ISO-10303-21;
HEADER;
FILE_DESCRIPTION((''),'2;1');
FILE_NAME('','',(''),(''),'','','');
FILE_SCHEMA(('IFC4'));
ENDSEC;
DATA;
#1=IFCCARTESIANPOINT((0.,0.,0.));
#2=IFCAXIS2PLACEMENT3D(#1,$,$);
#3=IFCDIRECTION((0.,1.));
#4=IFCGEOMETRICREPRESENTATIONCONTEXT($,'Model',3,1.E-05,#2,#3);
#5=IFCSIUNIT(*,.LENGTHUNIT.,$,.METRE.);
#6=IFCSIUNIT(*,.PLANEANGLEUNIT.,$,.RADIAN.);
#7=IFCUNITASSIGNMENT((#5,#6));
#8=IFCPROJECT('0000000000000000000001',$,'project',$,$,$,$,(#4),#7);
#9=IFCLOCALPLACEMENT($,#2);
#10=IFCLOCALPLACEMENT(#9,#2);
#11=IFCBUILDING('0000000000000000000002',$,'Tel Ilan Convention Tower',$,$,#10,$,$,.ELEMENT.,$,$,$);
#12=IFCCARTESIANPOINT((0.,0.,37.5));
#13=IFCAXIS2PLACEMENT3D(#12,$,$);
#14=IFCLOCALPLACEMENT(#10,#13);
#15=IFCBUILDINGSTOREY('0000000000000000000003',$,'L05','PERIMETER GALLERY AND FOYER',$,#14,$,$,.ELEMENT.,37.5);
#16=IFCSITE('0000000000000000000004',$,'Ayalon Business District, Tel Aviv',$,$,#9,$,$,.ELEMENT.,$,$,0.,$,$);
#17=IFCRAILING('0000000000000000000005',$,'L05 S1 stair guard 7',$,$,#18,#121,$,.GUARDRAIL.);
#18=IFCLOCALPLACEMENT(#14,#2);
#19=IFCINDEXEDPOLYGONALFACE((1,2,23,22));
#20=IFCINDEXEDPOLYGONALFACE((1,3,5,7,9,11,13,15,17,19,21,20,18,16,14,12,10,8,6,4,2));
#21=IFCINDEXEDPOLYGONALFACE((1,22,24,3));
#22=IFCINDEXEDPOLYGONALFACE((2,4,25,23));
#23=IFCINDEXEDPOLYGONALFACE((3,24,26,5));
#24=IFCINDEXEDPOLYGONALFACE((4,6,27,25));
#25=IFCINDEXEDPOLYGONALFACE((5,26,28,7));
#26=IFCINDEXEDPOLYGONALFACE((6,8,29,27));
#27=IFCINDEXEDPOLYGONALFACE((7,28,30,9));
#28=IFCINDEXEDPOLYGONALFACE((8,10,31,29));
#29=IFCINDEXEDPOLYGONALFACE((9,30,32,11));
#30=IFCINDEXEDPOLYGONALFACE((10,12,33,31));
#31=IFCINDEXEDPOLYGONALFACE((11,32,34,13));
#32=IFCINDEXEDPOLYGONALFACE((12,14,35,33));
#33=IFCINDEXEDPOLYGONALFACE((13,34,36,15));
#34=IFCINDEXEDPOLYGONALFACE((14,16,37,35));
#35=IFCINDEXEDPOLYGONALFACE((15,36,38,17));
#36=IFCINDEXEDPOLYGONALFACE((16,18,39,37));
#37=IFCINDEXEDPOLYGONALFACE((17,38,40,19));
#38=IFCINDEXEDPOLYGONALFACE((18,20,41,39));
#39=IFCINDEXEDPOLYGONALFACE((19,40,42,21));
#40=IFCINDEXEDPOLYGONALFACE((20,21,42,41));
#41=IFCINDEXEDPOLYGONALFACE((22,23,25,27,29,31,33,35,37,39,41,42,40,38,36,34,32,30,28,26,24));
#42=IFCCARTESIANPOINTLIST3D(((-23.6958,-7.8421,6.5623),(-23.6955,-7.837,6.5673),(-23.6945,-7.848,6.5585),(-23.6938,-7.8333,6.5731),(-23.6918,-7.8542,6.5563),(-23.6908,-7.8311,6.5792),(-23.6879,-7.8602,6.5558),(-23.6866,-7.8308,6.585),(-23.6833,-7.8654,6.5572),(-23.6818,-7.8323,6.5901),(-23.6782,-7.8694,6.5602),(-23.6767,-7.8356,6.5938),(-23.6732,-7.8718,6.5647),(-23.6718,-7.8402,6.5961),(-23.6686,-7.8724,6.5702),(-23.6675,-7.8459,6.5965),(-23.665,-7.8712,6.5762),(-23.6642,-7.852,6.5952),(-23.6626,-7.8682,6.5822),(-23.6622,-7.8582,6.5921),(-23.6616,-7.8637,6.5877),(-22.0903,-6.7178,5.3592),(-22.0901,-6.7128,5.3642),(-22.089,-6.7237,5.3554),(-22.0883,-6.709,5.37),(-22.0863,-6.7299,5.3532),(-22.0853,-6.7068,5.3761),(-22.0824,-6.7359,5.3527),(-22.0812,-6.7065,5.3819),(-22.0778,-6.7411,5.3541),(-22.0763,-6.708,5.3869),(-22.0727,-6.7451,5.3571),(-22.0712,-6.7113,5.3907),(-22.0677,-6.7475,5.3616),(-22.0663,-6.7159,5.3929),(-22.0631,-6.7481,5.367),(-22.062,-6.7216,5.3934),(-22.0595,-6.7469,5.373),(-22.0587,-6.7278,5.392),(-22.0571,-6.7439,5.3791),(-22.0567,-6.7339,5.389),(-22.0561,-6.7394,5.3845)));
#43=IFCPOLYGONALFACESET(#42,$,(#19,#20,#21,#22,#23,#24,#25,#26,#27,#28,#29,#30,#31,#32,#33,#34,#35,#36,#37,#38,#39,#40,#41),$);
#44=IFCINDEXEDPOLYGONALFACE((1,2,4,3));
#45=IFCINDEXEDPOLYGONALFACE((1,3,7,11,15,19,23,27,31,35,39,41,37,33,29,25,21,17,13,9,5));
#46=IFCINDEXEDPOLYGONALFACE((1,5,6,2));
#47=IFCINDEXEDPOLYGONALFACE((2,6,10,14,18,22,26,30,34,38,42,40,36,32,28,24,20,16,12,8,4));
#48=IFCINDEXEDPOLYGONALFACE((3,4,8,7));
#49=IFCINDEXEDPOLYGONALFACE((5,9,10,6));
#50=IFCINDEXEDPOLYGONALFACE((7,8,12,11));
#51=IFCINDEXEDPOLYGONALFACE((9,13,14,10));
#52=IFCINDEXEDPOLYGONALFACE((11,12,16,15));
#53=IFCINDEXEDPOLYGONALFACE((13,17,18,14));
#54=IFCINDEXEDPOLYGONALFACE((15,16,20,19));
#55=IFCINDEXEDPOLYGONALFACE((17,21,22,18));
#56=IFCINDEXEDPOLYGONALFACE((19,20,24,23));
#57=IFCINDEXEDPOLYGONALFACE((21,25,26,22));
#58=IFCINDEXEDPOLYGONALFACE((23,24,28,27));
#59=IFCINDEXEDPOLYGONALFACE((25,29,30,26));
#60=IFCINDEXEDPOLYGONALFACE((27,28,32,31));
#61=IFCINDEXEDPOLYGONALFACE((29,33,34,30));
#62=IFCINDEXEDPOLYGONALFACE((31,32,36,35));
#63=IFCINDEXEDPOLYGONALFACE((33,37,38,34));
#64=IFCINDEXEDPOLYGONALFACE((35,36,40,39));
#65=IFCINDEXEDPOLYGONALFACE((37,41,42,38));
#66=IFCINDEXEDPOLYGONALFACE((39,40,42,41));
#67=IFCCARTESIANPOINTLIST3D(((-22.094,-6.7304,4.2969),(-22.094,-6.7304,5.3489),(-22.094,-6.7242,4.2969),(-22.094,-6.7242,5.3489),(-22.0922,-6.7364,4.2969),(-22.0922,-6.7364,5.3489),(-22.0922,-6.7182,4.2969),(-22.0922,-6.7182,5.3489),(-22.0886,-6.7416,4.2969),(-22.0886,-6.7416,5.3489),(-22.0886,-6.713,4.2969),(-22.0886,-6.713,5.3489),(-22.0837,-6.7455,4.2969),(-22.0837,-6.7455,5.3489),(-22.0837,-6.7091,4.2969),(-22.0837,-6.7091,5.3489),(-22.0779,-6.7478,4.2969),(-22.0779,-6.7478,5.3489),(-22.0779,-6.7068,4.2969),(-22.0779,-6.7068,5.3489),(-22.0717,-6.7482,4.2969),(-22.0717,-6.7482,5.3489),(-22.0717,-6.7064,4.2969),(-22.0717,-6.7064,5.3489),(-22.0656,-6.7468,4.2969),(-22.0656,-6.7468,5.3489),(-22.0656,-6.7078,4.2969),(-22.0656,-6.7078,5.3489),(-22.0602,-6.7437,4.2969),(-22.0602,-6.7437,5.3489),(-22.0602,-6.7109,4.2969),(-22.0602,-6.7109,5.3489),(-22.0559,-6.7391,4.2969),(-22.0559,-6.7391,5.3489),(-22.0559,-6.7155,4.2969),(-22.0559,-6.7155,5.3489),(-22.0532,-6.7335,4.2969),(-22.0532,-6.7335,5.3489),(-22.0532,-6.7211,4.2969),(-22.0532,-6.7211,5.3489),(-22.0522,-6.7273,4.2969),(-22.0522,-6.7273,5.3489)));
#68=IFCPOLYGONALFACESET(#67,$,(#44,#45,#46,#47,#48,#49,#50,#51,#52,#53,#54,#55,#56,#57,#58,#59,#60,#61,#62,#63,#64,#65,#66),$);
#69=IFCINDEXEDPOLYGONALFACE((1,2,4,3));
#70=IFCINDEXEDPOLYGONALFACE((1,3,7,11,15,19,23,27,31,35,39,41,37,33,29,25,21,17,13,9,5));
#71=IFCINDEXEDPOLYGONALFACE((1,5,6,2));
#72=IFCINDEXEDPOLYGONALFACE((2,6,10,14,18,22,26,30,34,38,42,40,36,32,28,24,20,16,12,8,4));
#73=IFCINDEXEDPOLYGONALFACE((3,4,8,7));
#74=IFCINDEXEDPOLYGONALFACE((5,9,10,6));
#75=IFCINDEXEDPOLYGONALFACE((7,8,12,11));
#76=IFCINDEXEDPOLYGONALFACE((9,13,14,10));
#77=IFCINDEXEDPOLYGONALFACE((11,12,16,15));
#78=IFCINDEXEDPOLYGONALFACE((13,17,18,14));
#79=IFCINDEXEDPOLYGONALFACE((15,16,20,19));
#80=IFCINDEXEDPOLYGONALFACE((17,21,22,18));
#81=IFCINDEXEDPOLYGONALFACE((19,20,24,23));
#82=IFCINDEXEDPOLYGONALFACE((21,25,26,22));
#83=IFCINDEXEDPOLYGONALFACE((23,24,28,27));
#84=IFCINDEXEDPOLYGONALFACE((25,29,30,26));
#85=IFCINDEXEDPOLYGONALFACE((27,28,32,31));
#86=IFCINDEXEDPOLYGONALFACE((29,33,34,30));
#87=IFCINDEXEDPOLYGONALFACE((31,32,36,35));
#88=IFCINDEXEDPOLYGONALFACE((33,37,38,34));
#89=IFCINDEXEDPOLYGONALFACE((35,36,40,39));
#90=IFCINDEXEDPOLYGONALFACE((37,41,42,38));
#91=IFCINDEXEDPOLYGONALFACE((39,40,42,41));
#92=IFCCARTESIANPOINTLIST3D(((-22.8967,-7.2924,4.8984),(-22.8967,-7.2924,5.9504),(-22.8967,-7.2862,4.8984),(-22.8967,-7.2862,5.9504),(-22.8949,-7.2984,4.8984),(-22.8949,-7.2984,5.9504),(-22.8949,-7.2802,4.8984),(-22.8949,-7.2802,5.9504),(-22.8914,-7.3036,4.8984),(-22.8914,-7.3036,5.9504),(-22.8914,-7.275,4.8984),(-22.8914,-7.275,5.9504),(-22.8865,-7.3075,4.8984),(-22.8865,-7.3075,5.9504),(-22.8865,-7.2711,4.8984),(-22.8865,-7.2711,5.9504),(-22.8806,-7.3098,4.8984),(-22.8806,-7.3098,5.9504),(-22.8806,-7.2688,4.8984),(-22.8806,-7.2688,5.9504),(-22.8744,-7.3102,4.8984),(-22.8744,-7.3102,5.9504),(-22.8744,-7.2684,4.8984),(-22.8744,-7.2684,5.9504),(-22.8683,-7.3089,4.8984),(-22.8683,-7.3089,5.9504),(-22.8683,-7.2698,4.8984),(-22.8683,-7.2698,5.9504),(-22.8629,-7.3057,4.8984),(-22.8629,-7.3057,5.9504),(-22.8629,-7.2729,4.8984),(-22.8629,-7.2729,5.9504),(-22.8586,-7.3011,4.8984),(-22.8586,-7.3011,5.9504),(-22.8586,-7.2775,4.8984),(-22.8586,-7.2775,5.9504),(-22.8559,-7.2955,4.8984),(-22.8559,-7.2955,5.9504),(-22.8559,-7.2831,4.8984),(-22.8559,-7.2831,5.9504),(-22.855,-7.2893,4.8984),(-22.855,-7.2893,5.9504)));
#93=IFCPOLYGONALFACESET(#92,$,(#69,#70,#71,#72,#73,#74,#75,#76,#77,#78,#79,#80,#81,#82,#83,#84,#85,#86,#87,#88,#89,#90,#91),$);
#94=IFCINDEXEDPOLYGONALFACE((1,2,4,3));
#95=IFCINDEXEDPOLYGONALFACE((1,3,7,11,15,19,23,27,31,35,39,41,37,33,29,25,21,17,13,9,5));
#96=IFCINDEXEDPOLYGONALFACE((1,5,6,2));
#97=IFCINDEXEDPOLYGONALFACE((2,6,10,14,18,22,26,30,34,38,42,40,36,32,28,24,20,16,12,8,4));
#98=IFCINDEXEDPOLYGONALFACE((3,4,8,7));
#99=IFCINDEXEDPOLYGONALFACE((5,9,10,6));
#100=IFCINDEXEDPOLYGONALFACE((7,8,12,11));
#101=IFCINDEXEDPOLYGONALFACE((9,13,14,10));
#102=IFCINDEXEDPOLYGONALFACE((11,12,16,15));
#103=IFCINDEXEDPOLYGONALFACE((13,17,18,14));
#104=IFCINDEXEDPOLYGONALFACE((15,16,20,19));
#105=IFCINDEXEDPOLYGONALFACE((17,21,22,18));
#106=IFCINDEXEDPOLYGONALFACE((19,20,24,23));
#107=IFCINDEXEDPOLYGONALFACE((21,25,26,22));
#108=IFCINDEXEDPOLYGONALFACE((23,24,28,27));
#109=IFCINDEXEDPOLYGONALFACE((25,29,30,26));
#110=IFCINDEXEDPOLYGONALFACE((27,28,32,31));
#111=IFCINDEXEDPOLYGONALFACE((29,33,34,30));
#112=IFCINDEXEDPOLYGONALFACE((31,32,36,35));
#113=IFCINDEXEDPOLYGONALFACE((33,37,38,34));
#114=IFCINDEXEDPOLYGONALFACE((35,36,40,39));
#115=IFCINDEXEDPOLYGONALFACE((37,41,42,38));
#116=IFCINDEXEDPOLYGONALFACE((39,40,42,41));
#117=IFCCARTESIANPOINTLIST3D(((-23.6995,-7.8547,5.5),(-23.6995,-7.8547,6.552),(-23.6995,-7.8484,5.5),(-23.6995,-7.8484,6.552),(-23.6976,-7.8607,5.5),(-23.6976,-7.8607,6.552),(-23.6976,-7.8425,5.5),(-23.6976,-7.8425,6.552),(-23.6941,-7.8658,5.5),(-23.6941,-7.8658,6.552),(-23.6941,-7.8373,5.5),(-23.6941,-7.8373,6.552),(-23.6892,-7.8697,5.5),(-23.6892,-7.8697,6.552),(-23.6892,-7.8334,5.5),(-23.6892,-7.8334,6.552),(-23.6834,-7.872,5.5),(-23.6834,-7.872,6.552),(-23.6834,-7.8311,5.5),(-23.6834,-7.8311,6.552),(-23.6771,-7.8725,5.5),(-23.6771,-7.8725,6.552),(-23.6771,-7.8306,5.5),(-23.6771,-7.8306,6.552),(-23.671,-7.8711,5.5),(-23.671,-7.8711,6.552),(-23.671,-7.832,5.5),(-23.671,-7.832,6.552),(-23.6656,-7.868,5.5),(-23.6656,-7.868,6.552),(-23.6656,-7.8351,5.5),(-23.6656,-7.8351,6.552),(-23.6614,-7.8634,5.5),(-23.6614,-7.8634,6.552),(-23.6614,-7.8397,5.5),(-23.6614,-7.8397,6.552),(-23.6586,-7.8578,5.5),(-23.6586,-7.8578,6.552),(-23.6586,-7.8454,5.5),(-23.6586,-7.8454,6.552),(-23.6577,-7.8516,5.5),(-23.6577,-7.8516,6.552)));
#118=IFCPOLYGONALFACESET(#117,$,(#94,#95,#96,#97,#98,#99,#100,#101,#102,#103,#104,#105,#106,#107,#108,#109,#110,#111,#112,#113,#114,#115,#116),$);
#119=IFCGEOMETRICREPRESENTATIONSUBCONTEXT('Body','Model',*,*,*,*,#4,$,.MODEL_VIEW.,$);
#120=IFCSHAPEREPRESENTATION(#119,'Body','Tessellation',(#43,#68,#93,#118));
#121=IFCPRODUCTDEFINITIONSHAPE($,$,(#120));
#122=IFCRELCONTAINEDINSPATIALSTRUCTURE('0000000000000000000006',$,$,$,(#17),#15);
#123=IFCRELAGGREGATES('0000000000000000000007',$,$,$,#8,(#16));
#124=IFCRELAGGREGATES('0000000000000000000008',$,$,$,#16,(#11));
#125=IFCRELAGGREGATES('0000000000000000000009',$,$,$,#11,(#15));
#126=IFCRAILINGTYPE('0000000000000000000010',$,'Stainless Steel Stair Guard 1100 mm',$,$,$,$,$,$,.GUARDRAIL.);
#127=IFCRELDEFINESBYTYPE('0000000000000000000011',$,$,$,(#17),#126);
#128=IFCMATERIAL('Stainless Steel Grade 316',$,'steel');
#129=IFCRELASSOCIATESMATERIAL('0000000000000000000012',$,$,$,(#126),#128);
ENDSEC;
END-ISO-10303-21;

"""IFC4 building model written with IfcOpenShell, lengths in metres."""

from ifc_helpers import new_model, si_unit, direction, frame, origin, origin_2d, place, context, subcontext, project, spatial, circle, extrude, material, type_object, element, save


model = new_model("IFC4")

# Units and contexts
model_context = context("Model", 3, precision=1e-05, world=origin(), true_north=direction((0.0, 1.0)))
body_context = subcontext(model_context, "Body", "Model", "MODEL_VIEW")
ifc_project = project(units=[si_unit("LENGTHUNIT", "METRE"), si_unit("PLANEANGLEUNIT", "RADIAN")], contexts=[model_context])

# Site, building, storey
site_placement = place(None, origin())
site = spatial("IfcSite", under=ifc_project, at=site_placement, Name="Ayalon Business District, Tel Aviv", CompositionType="ELEMENT", RefElevation=0.0)
building_placement = place(site_placement, origin())
building = spatial("IfcBuilding", under=site, at=building_placement, Name="Tel Ilan Convention Tower", CompositionType="ELEMENT")
storey_placement = place(building_placement, frame((0.0, 0.0, 37.5)))
storey = spatial("IfcBuildingStorey", under=building, at=storey_placement, Name="L05", Description="PERIMETER GALLERY AND FOYER", CompositionType="ELEMENT", Elevation=37.5)

# Railing
ifc_material_1 = material(Name="Stainless Steel Grade 316", Category="steel")
railing_type_1 = type_object("IfcRailingType", Name="Stainless Steel Stair Guard 1100 mm", PredefinedType="GUARDRAIL", material=ifc_material_1)
railing_1_placement = place(storey_placement, frame((-22.0732, -6.7273, 4.2969)))
element("IfcRailing", 1, at=railing_1_placement, inside=storey, type_object=railing_type_1, Name="L05 S1 stair guard 7", PredefinedType="GUARDRAIL", context=body_context, shape_type="SweptSolid", body=[
    extrude(circle(Radius=0.0239, at=origin_2d()), frame((0.0, 0.0, 1.0762), z_axis=(-0.698095, -0.488857, 0.523146), x_axis=(0.573613, -0.819127, 0.0)), (0.0, 0.0, 1.0), 2.2998),
    extrude(circle(Radius=0.021, at=origin_2d()), origin(), (0.0, 0.0, 1.0), 1.052),
    extrude(circle(Radius=0.021, at=origin_2d()), frame((-0.8027, -0.562, 0.6016)), (0.0, 0.0, 1.0), 1.052),
    extrude(circle(Radius=0.021, at=origin_2d()), frame((-1.6055, -1.1243, 1.2031)), (0.0, 0.0, 1.0), 1.052),
])

save(model, "model.ifc")
